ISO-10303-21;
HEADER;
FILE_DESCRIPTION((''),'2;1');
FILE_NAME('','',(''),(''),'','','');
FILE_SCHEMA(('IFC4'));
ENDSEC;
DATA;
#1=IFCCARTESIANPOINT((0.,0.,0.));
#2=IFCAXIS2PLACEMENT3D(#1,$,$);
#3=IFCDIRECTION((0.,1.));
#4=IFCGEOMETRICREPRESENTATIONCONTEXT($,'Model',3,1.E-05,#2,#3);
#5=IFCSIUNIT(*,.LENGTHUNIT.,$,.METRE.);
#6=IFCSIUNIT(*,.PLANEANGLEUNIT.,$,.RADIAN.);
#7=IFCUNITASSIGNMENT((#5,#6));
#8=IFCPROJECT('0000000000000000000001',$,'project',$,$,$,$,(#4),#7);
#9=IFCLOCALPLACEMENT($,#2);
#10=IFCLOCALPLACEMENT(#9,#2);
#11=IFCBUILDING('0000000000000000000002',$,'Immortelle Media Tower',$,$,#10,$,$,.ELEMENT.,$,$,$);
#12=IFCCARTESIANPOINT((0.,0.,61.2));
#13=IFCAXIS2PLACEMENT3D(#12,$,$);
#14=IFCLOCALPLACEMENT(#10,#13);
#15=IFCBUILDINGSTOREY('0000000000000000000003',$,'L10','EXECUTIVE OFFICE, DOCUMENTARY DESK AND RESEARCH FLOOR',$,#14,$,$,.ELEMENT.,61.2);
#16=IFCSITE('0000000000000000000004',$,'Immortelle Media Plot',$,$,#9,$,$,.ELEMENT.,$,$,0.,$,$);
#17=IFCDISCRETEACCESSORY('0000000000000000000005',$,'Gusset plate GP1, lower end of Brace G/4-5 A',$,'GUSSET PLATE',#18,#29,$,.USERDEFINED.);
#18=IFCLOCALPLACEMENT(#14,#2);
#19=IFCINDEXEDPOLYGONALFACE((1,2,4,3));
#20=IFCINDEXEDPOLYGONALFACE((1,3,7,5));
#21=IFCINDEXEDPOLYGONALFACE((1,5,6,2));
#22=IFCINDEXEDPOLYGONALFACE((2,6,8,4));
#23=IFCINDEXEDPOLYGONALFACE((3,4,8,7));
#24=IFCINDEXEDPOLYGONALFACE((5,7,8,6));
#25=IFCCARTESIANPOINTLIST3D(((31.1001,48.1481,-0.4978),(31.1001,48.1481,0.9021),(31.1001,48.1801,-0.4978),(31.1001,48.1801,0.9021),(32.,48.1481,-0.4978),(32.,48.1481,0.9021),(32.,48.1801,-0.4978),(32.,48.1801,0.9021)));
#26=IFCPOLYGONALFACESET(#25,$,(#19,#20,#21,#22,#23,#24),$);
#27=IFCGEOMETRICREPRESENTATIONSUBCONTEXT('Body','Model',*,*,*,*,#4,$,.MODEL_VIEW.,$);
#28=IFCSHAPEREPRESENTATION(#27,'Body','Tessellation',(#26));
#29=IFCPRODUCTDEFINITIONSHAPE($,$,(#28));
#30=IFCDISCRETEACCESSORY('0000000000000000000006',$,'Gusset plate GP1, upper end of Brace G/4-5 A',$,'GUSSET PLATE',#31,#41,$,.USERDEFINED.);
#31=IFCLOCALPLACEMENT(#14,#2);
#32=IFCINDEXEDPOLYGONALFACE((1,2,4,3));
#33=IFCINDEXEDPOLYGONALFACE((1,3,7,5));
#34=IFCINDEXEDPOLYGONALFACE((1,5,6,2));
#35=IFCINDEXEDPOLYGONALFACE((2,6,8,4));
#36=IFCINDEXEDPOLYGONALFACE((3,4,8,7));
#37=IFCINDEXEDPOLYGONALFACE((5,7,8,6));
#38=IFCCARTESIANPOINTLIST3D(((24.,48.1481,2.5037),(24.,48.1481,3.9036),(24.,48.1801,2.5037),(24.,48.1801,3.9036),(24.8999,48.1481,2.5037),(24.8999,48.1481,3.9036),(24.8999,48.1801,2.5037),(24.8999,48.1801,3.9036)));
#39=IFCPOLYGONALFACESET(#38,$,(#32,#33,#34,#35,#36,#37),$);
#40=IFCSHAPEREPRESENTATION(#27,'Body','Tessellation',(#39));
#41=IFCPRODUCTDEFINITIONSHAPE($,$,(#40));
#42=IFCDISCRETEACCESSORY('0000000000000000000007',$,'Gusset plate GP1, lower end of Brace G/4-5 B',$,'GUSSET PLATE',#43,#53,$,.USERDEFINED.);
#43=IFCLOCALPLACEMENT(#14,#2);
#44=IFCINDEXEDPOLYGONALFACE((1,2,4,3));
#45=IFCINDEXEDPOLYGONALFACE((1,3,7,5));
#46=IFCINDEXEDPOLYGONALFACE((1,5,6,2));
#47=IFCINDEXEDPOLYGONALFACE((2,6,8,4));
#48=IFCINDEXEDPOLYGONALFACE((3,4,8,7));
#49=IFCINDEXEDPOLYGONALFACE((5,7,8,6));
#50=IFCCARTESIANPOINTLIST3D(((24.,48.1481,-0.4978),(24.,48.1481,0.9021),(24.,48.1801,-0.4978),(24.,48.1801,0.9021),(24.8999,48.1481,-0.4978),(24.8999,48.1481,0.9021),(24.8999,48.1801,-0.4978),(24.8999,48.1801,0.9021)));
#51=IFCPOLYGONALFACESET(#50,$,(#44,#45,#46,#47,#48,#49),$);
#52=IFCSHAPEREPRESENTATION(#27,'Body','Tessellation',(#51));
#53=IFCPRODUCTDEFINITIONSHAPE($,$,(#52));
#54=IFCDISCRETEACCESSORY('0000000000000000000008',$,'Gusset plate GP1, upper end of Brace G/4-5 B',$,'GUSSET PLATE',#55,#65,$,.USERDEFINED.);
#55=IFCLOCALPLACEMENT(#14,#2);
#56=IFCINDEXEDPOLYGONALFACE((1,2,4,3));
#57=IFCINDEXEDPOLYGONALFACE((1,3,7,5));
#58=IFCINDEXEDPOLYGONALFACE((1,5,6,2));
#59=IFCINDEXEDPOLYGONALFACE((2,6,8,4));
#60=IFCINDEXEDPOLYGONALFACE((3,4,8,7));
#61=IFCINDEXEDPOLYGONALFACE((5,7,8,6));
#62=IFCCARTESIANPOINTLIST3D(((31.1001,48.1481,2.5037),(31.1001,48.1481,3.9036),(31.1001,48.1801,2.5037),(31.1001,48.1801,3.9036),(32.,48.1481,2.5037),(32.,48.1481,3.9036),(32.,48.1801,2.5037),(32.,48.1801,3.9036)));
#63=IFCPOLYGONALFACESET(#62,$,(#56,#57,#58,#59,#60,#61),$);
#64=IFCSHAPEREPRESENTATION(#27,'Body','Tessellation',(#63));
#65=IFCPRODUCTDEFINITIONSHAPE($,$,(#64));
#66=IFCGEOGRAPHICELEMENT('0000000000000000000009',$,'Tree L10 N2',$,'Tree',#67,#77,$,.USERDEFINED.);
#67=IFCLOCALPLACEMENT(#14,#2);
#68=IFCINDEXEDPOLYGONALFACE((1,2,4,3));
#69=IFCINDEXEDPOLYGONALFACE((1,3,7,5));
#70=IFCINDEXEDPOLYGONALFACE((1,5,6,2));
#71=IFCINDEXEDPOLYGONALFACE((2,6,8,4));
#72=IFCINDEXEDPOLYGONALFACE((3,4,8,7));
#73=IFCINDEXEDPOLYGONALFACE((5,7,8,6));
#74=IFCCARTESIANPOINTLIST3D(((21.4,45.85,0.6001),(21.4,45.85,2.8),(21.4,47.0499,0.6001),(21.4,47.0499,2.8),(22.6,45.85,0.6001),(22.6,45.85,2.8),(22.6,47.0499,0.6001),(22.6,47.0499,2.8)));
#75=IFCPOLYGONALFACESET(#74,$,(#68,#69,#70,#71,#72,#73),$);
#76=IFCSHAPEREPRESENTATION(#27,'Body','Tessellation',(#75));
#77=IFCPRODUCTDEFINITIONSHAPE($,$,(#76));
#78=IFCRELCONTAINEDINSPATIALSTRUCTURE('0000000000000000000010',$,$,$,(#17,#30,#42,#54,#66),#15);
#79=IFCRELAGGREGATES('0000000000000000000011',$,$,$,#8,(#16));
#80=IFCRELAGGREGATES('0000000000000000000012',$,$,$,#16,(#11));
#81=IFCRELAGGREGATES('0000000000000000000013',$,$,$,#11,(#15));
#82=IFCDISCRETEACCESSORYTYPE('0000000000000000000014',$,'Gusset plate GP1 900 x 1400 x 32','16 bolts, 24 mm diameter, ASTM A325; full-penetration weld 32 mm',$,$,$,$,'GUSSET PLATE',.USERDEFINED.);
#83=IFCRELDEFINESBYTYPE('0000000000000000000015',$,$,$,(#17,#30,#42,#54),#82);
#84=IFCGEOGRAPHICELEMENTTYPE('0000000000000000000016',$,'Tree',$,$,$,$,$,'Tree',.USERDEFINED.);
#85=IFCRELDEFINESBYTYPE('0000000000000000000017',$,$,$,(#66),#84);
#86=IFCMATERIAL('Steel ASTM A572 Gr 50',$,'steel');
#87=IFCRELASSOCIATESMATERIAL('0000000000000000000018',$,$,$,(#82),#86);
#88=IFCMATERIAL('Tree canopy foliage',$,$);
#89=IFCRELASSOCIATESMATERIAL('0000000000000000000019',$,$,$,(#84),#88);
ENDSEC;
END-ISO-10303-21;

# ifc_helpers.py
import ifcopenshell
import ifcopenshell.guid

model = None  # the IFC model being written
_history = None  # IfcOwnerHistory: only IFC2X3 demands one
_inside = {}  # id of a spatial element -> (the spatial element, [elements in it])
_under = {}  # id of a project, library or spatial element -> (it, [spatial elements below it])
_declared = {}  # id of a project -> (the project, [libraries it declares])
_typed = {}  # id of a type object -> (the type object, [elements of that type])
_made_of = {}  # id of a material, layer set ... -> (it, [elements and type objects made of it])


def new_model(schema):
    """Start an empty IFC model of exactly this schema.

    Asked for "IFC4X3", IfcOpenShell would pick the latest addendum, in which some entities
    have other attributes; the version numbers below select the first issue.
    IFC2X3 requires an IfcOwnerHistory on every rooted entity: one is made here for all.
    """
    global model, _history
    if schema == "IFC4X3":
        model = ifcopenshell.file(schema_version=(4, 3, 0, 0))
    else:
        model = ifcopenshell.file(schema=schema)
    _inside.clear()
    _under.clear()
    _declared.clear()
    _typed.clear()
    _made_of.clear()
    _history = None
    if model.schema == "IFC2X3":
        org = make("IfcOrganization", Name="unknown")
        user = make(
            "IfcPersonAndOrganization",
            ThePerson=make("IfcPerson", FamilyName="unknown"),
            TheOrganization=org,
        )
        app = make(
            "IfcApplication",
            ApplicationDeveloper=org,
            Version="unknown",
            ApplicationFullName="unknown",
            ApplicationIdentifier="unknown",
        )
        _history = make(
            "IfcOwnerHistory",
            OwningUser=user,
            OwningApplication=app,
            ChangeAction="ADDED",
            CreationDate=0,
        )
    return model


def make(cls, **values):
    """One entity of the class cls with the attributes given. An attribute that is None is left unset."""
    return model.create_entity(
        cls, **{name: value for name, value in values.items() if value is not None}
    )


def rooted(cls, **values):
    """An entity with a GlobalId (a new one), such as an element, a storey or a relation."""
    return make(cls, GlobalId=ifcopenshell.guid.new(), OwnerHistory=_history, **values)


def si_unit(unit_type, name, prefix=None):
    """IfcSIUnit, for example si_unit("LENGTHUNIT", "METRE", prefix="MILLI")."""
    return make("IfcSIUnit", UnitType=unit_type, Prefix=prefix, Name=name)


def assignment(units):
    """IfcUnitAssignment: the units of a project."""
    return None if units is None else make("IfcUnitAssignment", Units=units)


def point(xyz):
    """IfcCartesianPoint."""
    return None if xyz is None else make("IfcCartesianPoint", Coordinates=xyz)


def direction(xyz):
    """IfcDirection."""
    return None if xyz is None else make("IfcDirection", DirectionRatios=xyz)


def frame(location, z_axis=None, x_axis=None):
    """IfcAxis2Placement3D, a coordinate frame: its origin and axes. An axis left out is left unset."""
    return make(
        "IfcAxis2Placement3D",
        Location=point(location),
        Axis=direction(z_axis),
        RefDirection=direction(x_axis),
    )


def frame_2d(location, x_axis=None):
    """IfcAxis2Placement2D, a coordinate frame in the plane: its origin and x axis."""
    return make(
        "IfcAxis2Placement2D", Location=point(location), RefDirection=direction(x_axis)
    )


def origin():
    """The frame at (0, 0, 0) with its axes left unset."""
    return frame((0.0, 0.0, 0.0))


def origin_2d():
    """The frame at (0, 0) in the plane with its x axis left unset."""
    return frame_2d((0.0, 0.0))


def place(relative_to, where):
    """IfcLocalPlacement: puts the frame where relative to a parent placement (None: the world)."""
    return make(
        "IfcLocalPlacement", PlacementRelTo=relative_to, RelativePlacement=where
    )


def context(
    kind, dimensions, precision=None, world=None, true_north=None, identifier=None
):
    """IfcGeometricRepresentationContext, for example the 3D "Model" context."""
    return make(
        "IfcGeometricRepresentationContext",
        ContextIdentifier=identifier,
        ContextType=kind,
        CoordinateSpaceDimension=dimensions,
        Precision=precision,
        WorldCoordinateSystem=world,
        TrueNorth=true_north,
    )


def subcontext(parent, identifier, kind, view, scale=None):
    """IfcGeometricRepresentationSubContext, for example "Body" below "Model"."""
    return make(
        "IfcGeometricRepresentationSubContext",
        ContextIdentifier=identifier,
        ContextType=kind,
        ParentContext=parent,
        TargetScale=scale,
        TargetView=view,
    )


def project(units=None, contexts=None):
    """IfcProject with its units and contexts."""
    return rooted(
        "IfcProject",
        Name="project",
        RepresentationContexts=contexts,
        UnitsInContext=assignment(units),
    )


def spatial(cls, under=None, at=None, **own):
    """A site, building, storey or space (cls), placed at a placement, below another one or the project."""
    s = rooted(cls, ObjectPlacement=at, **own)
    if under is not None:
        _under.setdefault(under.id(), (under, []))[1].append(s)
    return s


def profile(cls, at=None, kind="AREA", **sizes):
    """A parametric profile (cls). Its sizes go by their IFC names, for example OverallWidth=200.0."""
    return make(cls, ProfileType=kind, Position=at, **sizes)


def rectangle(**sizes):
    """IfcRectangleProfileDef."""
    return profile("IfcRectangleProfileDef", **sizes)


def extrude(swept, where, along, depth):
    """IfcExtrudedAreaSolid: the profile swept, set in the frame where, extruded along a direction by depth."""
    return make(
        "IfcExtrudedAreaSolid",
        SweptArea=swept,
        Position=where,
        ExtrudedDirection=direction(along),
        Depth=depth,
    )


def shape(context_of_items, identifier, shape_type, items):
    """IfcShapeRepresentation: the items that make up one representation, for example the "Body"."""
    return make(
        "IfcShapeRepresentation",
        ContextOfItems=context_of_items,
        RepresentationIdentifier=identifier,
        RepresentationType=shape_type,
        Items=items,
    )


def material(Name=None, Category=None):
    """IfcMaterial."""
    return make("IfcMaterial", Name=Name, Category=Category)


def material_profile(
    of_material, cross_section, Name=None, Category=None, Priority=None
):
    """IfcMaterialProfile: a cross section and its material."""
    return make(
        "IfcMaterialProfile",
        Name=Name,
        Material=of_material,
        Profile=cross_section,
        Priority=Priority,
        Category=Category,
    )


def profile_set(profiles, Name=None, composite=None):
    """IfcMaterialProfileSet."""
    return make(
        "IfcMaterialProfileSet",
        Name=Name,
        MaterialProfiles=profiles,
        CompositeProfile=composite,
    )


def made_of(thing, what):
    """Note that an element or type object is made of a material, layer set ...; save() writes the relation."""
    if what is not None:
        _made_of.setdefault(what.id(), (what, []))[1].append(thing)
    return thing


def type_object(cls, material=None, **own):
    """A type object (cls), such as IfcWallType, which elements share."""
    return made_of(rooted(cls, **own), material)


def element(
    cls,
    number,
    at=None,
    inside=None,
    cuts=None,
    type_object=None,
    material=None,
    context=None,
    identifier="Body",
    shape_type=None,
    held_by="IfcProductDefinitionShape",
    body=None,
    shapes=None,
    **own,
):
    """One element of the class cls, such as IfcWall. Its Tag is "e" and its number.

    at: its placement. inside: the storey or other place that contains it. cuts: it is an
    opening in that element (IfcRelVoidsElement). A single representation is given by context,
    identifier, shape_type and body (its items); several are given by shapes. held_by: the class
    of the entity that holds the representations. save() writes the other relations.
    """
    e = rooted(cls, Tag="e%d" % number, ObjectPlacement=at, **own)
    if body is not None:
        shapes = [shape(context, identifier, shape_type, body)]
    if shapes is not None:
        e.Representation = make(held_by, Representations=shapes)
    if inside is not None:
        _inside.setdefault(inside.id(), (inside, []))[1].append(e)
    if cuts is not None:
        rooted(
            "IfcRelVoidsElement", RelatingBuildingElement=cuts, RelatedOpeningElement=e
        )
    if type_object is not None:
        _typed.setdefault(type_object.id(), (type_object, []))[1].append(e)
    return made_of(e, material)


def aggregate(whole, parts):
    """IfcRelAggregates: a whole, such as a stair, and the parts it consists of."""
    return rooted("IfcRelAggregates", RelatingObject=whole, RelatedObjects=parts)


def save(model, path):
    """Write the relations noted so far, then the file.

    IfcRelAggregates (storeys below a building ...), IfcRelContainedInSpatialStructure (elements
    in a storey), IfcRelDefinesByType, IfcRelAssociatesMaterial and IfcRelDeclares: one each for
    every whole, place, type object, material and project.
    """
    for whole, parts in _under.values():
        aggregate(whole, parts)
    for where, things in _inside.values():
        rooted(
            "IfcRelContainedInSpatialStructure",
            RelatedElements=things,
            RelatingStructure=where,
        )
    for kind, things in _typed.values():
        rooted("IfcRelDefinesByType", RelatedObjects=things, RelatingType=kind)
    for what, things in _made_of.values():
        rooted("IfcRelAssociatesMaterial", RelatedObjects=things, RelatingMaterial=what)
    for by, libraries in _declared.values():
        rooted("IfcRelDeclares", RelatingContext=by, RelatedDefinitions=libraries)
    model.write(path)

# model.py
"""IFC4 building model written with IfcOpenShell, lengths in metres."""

from ifc_helpers import new_model, si_unit, direction, frame, origin, origin_2d, place, context, subcontext, project, spatial, rectangle, extrude, material, material_profile, profile_set, type_object, element, save


model = new_model("IFC4")

# Units and contexts
model_context = context("Model", 3, precision=1e-05, world=origin(), true_north=direction((0.0, 1.0)))
body_context = subcontext(model_context, "Body", "Model", "MODEL_VIEW")
ifc_project = project(units=[si_unit("LENGTHUNIT", "METRE"), si_unit("PLANEANGLEUNIT", "RADIAN")], contexts=[model_context])

# Site, building, storey
site_placement = place(None, origin())
site = spatial("IfcSite", under=ifc_project, at=site_placement, Name="Immortelle Media Plot", CompositionType="ELEMENT", RefElevation=0.0)
building_placement = place(site_placement, origin())
building = spatial("IfcBuilding", under=site, at=building_placement, Name="Immortelle Media Tower", CompositionType="ELEMENT")
storey_placement = place(building_placement, frame((0.0, 0.0, 61.2)))
storey = spatial("IfcBuildingStorey", under=building, at=storey_placement, Name="L10", Description="EXECUTIVE OFFICE, DOCUMENTARY DESK AND RESEARCH FLOOR", CompositionType="ELEMENT", Elevation=61.2)

# Discrete accessories
ifc_material_1 = material(Name="Steel ASTM A572 Gr 50", Category="steel")
ifc_material_profile_1 = material_profile(ifc_material_1, rectangle(XDim=0.032, YDim=1.3999, at=origin_2d()), Name="PL 32 x 1400")
ifc_profile_set_1 = profile_set([ifc_material_profile_1], Name="Steel ASTM A572 Gr 50")
discrete_accessory_type_1 = type_object("IfcDiscreteAccessoryType", Name="Gusset plate GP1 900 x 1400 x 32", Description="16 bolts, 24 mm diameter, ASTM A325; full-penetration weld 32 mm", ElementType="GUSSET PLATE", PredefinedType="USERDEFINED", material=ifc_profile_set_1)
for number, where, z_axis, x_axis, name in (
    (1, (32.0, 48.1641, 0.2021), (-1.0, 0.0, 0.0), (0.0, -1.0, 0.0), "Gusset plate GP1, lower end of Brace G/4-5 A"),
    (2, (24.0, 48.1641, 3.2036), (1.0, 0.0, 0.0), (0.0, 1.0, 0.0), "Gusset plate GP1, upper end of Brace G/4-5 A"),
    (3, (24.0, 48.1641, 0.2021), (1.0, 0.0, 0.0), (0.0, 1.0, 0.0), "Gusset plate GP1, lower end of Brace G/4-5 B"),
    (4, (32.0, 48.1641, 3.2036), (-1.0, 0.0, 0.0), (0.0, -1.0, 0.0), "Gusset plate GP1, upper end of Brace G/4-5 B"),
):
    element("IfcDiscreteAccessory", number, at=place(storey_placement, frame(where, z_axis=z_axis, x_axis=x_axis)), inside=storey, type_object=discrete_accessory_type_1, Name=name, ObjectType="GUSSET PLATE", PredefinedType="USERDEFINED", context=body_context, shape_type="SweptSolid", body=[
        extrude(rectangle(XDim=0.032, YDim=1.3999, at=origin_2d()), origin(), (0.0, 0.0, 1.0), 0.8999),
    ])

# Geographic element
ifc_material_2 = material(Name="Tree canopy foliage")
geographic_element_type = type_object("IfcGeographicElementType", Name="Tree", ElementType="Tree", PredefinedType="USERDEFINED", material=ifc_material_2)
geographic_element_placement = place(storey_placement, frame((22.0, 46.45, 0.6001), z_axis=(0.0, 0.0, 1.0), x_axis=(1.0, 0.0, 0.0)))
element("IfcGeographicElement", 5, at=geographic_element_placement, inside=storey, type_object=geographic_element_type, Name="Tree L10 N2", ObjectType="Tree", PredefinedType="USERDEFINED", context=body_context, shape_type="SweptSolid", body=[
    extrude(rectangle(XDim=1.2, YDim=1.2, at=origin_2d()), origin(), (0.0, 0.0, 1.0), 2.2),
])

save(model, "model.ifc")
